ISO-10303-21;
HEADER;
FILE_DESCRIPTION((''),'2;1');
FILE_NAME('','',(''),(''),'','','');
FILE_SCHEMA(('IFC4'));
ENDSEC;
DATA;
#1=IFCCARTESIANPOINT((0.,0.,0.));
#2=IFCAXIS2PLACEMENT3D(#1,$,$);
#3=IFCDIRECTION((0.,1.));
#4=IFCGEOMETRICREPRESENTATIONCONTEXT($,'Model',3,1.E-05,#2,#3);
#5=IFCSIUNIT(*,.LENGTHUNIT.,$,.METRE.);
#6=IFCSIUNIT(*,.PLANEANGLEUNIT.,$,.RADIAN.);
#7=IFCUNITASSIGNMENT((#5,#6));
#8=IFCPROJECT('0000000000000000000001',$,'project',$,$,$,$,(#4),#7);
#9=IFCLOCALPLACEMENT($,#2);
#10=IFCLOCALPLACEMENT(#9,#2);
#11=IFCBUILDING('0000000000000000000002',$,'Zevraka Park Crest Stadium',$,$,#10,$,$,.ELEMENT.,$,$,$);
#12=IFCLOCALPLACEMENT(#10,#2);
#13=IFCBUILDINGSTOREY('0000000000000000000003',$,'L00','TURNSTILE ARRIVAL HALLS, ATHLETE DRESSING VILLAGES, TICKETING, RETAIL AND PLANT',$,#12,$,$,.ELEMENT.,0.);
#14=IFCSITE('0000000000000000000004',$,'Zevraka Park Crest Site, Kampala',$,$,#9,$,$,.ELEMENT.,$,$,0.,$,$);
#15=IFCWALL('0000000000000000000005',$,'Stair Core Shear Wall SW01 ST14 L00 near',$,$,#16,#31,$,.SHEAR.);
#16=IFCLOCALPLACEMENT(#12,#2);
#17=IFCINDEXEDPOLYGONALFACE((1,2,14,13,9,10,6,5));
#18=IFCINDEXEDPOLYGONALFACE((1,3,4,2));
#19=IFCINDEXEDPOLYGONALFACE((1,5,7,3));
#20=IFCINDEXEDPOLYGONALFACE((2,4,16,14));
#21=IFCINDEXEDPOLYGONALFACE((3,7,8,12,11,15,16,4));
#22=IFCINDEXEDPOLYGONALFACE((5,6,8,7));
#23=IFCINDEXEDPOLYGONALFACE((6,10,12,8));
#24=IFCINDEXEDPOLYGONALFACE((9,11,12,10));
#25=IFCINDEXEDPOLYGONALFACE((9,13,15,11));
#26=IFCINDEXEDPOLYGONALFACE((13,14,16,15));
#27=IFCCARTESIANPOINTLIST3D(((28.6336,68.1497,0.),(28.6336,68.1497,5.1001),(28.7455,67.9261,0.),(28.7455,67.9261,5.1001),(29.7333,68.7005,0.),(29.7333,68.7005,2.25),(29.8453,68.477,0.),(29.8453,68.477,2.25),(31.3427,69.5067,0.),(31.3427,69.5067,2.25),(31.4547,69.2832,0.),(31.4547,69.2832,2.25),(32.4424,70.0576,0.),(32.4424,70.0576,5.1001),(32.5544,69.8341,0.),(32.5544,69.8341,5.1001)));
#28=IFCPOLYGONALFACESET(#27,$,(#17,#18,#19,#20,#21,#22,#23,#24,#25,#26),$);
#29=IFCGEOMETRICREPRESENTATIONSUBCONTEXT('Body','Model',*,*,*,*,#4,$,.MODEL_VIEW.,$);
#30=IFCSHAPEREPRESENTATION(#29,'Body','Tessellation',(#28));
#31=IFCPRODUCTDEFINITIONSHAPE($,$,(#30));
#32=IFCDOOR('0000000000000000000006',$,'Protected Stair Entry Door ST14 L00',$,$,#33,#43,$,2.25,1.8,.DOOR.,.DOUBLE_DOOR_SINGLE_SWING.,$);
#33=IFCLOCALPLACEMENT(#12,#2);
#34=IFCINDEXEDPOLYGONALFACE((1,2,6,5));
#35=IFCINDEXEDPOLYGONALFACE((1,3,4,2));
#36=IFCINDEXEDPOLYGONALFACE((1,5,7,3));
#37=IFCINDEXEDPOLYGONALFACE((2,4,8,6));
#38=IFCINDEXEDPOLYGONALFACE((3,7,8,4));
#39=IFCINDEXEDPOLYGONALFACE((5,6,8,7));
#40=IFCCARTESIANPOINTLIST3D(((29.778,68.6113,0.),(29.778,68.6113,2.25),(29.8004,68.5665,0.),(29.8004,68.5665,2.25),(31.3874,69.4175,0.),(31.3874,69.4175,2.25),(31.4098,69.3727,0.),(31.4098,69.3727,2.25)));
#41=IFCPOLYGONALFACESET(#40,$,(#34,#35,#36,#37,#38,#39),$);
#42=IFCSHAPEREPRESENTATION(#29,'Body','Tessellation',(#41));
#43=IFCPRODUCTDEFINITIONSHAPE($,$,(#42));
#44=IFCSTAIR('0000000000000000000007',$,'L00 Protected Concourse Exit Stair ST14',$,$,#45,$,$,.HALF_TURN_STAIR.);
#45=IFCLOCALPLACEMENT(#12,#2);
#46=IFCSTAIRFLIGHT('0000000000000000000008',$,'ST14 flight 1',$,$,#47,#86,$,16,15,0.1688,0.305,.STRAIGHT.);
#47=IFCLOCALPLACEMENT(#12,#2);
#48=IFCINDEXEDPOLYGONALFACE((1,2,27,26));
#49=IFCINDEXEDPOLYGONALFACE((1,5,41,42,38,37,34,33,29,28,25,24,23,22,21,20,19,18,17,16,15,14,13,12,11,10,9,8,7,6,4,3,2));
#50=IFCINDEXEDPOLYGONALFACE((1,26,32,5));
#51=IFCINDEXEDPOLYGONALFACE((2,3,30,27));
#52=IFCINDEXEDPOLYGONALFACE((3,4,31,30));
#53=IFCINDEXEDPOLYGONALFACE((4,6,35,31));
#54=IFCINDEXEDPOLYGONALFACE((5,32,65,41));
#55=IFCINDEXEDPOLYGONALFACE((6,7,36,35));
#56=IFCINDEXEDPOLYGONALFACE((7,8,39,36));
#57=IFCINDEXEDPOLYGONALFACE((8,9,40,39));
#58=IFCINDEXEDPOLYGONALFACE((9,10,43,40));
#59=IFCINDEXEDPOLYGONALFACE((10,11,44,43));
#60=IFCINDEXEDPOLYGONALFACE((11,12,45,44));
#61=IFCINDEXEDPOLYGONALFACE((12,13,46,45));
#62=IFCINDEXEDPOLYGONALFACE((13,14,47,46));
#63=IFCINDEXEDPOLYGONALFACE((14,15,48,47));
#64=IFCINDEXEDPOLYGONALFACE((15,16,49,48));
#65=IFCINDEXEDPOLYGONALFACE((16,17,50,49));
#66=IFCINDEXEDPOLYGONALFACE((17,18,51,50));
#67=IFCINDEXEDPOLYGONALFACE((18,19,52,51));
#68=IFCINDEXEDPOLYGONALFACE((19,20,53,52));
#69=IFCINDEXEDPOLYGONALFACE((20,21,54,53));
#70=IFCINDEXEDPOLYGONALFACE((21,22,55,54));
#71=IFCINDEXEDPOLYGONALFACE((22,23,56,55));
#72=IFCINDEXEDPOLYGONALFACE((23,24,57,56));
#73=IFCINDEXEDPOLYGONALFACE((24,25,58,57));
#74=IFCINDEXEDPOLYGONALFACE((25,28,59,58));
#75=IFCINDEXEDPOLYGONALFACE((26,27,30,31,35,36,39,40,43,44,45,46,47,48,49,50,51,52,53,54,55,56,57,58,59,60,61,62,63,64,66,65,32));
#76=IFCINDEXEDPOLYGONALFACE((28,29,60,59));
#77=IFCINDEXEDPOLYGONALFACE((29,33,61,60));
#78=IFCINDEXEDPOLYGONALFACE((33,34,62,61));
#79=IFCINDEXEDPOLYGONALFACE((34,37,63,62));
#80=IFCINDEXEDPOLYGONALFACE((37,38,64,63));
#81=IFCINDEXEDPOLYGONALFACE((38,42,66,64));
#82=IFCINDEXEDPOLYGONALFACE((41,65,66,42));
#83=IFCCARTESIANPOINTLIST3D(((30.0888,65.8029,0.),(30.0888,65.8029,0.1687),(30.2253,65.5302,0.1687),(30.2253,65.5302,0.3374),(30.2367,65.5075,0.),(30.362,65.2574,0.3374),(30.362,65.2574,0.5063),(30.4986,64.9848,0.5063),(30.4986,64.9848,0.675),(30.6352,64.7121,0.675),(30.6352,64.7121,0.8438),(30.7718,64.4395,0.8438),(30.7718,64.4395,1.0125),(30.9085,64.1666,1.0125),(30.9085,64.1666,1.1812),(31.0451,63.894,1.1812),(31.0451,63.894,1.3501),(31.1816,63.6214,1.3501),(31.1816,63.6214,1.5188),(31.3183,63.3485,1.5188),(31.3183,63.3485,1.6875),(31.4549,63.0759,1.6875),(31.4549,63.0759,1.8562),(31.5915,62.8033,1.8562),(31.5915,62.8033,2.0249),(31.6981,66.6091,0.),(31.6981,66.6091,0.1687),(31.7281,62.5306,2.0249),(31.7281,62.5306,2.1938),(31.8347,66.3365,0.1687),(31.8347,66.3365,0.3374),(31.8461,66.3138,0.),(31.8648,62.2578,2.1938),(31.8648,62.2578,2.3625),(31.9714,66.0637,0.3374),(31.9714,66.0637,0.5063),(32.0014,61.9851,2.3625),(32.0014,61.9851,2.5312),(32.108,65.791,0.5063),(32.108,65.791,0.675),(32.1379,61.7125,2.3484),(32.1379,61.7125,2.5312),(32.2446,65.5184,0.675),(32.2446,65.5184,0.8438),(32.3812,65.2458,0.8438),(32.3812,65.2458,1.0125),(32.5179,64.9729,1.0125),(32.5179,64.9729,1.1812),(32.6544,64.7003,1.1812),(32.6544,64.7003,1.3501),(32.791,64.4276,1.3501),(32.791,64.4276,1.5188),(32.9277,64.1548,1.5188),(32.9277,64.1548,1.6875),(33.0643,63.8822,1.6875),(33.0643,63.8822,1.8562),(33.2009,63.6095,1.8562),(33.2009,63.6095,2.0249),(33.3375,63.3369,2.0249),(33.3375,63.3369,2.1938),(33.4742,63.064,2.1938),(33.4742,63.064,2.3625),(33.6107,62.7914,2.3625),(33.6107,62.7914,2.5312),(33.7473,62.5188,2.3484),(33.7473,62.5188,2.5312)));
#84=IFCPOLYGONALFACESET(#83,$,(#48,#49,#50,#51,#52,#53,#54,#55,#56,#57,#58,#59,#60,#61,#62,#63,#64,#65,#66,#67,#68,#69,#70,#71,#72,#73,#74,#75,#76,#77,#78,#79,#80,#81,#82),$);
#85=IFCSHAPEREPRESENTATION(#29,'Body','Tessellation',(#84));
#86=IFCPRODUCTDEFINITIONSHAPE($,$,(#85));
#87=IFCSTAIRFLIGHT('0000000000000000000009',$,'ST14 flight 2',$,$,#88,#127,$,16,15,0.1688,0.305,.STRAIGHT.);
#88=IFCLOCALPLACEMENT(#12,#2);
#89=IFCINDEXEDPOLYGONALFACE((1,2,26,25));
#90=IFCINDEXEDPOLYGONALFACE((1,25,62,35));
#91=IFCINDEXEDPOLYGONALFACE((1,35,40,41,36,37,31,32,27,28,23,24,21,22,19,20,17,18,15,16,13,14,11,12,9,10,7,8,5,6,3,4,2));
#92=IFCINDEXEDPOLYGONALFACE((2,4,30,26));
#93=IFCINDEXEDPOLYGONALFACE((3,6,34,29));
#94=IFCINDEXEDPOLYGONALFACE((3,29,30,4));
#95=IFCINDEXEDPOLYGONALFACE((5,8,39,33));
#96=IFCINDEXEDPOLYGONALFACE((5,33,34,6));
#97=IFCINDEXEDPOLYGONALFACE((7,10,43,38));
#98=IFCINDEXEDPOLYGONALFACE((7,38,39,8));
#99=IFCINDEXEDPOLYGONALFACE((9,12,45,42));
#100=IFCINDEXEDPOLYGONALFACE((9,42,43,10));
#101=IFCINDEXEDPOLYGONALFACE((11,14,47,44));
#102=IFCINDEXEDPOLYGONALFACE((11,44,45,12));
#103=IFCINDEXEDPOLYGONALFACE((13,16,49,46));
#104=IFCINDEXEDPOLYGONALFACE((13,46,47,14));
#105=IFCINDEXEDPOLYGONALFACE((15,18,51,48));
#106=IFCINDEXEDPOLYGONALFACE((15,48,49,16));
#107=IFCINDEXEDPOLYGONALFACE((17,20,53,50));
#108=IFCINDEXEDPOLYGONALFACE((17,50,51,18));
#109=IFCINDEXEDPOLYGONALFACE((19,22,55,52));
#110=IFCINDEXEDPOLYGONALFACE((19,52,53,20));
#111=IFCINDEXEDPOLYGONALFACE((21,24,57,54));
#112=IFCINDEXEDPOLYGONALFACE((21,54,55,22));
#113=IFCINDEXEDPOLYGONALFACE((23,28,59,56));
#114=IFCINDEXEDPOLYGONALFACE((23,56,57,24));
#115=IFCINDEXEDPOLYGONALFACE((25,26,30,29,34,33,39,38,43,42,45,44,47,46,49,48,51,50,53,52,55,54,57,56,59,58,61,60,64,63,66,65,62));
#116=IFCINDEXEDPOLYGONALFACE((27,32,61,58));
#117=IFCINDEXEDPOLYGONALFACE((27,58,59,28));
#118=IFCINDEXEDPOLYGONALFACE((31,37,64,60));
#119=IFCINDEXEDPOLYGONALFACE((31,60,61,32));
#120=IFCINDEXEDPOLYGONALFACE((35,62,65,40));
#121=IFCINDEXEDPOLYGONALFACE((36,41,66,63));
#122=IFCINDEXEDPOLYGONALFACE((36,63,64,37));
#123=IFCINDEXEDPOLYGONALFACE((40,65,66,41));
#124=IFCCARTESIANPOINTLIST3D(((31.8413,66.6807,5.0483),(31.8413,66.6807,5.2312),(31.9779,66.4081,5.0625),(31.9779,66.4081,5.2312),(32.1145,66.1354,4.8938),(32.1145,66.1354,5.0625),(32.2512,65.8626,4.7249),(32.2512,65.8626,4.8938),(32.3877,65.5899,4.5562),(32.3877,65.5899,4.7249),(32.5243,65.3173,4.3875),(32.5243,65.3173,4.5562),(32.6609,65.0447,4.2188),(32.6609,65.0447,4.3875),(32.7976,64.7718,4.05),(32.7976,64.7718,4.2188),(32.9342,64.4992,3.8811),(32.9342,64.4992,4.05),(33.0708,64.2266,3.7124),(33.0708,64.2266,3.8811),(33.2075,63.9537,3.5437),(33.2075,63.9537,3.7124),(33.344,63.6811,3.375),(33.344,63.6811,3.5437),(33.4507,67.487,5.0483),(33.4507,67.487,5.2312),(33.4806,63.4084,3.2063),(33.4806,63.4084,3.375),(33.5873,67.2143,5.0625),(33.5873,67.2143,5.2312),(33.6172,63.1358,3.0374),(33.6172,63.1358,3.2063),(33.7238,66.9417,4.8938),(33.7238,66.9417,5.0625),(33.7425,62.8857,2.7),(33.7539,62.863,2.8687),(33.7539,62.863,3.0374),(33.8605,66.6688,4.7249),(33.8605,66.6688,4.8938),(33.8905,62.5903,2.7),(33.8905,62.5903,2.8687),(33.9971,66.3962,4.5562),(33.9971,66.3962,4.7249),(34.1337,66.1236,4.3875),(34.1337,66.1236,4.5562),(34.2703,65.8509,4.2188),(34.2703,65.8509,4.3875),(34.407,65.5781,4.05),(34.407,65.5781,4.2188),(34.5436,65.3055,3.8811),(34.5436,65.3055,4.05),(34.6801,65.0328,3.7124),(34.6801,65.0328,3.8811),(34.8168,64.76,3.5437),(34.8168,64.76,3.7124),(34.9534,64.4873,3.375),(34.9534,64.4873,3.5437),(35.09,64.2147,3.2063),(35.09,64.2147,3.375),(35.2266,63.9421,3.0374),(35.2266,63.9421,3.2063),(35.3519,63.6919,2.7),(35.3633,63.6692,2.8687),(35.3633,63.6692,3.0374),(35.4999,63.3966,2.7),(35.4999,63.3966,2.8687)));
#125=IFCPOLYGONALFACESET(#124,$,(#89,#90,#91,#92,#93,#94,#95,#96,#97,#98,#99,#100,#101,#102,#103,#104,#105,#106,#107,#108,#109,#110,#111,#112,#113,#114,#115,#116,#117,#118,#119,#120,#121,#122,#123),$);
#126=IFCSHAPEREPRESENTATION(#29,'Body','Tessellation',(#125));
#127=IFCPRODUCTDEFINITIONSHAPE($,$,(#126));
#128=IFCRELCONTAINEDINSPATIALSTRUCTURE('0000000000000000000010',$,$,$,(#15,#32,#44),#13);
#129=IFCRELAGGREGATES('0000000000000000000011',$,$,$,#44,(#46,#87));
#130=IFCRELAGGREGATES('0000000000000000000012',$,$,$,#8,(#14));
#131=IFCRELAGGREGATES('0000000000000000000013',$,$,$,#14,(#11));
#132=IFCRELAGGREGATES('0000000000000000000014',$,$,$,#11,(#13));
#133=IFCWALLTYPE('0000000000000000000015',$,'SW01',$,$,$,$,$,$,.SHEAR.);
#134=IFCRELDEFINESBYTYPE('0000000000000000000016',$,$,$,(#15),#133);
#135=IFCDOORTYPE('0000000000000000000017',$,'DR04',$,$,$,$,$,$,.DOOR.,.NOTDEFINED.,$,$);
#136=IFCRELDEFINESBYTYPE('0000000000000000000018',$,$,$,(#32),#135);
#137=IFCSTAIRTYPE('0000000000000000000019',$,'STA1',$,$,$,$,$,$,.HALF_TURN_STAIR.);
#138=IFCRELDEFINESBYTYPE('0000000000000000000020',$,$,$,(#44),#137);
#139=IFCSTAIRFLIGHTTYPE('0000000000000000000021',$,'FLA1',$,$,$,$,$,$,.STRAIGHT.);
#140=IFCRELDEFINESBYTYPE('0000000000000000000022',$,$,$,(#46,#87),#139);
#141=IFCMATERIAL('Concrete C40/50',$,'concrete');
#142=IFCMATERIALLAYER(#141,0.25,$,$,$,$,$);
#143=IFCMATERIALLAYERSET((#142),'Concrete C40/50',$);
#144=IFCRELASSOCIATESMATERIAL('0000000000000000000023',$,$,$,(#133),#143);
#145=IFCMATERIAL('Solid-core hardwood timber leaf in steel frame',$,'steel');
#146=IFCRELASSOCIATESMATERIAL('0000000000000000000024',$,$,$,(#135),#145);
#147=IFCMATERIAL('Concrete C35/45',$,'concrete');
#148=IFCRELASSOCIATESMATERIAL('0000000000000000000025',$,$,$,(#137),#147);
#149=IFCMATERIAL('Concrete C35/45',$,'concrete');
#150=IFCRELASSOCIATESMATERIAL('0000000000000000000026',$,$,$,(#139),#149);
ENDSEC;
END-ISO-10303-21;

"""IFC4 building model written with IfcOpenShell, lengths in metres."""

from ifc_helpers import new_model, si_unit, direction, frame, frame_2d, origin, place, context, subcontext, project, spatial, polyline, rectangle, outline, extrude, material, layer, layer_set, type_object, element, fill, aggregate, save


model = new_model("IFC4")

# Units and contexts
model_context = context("Model", 3, precision=1e-05, world=origin(), true_north=direction((0.0, 1.0)))
body_context = subcontext(model_context, "Body", "Model", "MODEL_VIEW")
ifc_project = project(units=[si_unit("LENGTHUNIT", "METRE"), si_unit("PLANEANGLEUNIT", "RADIAN")], contexts=[model_context])

# Site, building, storey
site_placement = place(None, origin())
site = spatial("IfcSite", under=ifc_project, at=site_placement, Name="Zevraka Park Crest Site, Kampala", CompositionType="ELEMENT", RefElevation=0.0)
building_placement = place(site_placement, origin())
building = spatial("IfcBuilding", under=site, at=building_placement, Name="Zevraka Park Crest Stadium", CompositionType="ELEMENT")
storey_placement = place(building_placement, origin())
storey = spatial("IfcBuildingStorey", under=building, at=storey_placement, Name="L00", Description="TURNSTILE ARRIVAL HALLS, ATHLETE DRESSING VILLAGES, TICKETING, RETAIL AND PLANT", CompositionType="ELEMENT", Elevation=0.0)

# Shared definitions
ifc_material_1 = material(Name="Concrete C40/50", Category="concrete")
ifc_layer_1 = layer(ifc_material_1, 0.25)
ifc_layer_set_1 = layer_set([ifc_layer_1], Name="Concrete C40/50")
wall_type_1 = type_object("IfcWallType", Name="SW01", PredefinedType="SHEAR", material=ifc_layer_set_1)

# Wall, opening, door
wall_1_placement = place(storey_placement, frame((32.4983, 69.9458, 0.0), z_axis=(0.0, 0.0, 1.0), x_axis=(-0.894095, -0.447878, 0.0)))
wall_1 = element("IfcWall", 1, at=wall_1_placement, inside=storey, type_object=wall_type_1, Name="Stair Core Shear Wall SW01 ST14 L00 near", PredefinedType="SHEAR", context=body_context, shape_type="SweptSolid", body=[
    extrude(rectangle(XDim=4.26, YDim=0.25, at=frame_2d((2.1299, 0.0))), origin(), (0.0, 0.0, 1.0), 5.1001),
])
opening_placement = place(wall_1_placement, frame((1.23, 0.0, 0.0)))
opening = element("IfcOpeningElement", 2, at=opening_placement, cuts=wall_1, PredefinedType="OPENING", context=body_context, shape_type="SweptSolid", body=[
    extrude(rectangle(XDim=1.8, YDim=2.25, at=frame_2d((0.8999, 1.125))), frame((0.0, 0.135, 0.0), z_axis=(0.0, -1.0, 0.0), x_axis=(1.0, 0.0, 0.0)), (0.0, 0.0, 1.0), 0.27),
])
ifc_material_2 = material(Name="Solid-core hardwood timber leaf in steel frame", Category="steel")
door_type = type_object("IfcDoorType", Name="DR04", OperationType="NOTDEFINED", PredefinedType="DOOR", material=ifc_material_2)
door_placement = place(opening_placement, origin())
door = element("IfcDoor", 3, at=door_placement, inside=storey, type_object=door_type, Name="Protected Stair Entry Door ST14 L00", OperationType="DOUBLE_DOOR_SINGLE_SWING", OverallHeight=2.25, OverallWidth=1.8, PredefinedType="DOOR", context=body_context, shape_type="SweptSolid", body=[
    extrude(rectangle(XDim=1.8, YDim=2.25, at=frame_2d((0.8999, 1.125))), frame((0.0, 0.0249, 0.0), z_axis=(0.0, -1.0, 0.0), x_axis=(1.0, 0.0, 0.0)), (0.0, 0.0, 1.0), 0.05),
])
fill(opening, door)

# Stair, stair flights
ifc_material_3 = material(Name="Concrete C35/45", Category="concrete")
stair_type = type_object("IfcStairType", Name="STA1", PredefinedType="HALF_TURN_STAIR", material=ifc_material_3)
stair_placement = place(storey_placement, origin())
stair = element("IfcStair", 4, at=stair_placement, inside=storey, type_object=stair_type, Name="L00 Protected Concourse Exit Stair ST14", PredefinedType="HALF_TURN_STAIR")
ifc_material_4 = material(Name="Concrete C35/45", Category="concrete")
stair_flight_type = type_object("IfcStairFlightType", Name="FLA1", PredefinedType="STRAIGHT", material=ifc_material_4)
stair_flight_1_placement = place(storey_placement, frame((30.8936, 66.2061, 0.0), z_axis=(0.0, 0.0, 1.0), x_axis=(0.447915, -0.894076, 0.0)))
stair_flight_1 = element("IfcStairFlight", 5, at=stair_flight_1_placement, type_object=stair_flight_type, Name="ST14 flight 1", NumberOfRisers=16, NumberOfTreads=15, PredefinedType="STRAIGHT", RiserHeight=0.1688, TreadLength=0.305, context=body_context, shape_type="SweptSolid", body=[
    extrude(outline(polyline([(0.0, 0.0), (0.0, 0.1687), (0.3049, 0.1687), (0.3049, 0.3374), (0.6101, 0.3374), (0.6101, 0.5063), (0.915, 0.5063), (0.915, 0.675), (1.22, 0.675), (1.22, 0.8438), (1.5249, 0.8438), (1.5249, 1.0125), (1.8301, 1.0125), (1.8301, 1.1812), (2.135, 1.1812), (2.135, 1.3501), (2.4399, 1.3501), (2.4399, 1.5188), (2.7451, 1.5188), (2.7451, 1.6875), (3.05, 1.6875), (3.05, 1.8562), (3.355, 1.8562), (3.355, 2.0249), (3.6599, 2.0249), (3.6599, 2.1938), (3.9651, 2.1938), (3.9651, 2.3625), (4.27, 2.3625), (4.27, 2.5312), (4.575, 2.5312), (4.575, 2.7), (4.575, 2.3484), (0.3303, 0.0), (0.0, 0.0)])), frame((0.0, 0.8999, 0.0), z_axis=(0.0, -1.0, 0.0), x_axis=(1.0, 0.0, 0.0)), (0.0, 0.0, 1.0), 1.8),
])
stair_flight_2_placement = place(storey_placement, frame((34.6951, 62.9934, 2.7), z_axis=(0.0, 0.0, 1.0), x_axis=(-0.447915, 0.894076, 0.0)))
stair_flight_2 = element("IfcStairFlight", 6, at=stair_flight_2_placement, type_object=stair_flight_type, Name="ST14 flight 2", NumberOfRisers=16, NumberOfTreads=15, PredefinedType="STRAIGHT", RiserHeight=0.1688, TreadLength=0.305, context=body_context, shape_type="SweptSolid", body=[
    extrude(outline(polyline([(0.0, 0.0), (0.0, 0.1687), (0.3049, 0.1687), (0.3049, 0.3374), (0.6101, 0.3374), (0.6101, 0.5063), (0.915, 0.5063), (0.915, 0.675), (1.22, 0.675), (1.22, 0.8438), (1.5249, 0.8438), (1.5249, 1.0125), (1.8301, 1.0125), (1.8301, 1.1812), (2.135, 1.1812), (2.135, 1.3501), (2.4399, 1.3501), (2.4399, 1.5188), (2.7451, 1.5188), (2.7451, 1.6875), (3.05, 1.6875), (3.05, 1.8562), (3.355, 1.8562), (3.355, 2.0249), (3.6599, 2.0249), (3.6599, 2.1938), (3.9651, 2.1938), (3.9651, 2.3625), (4.27, 2.3625), (4.27, 2.5312), (4.575, 2.5312), (4.575, 2.7), (4.575, 2.3484), (0.3303, 0.0), (0.0, 0.0)])), frame((0.0, 0.8999, 0.0), z_axis=(0.0, -1.0, 0.0), x_axis=(1.0, 0.0, 0.0)), (0.0, 0.0, 1.0), 1.8),
])
aggregate(stair, [stair_flight_1, stair_flight_2])

save(model, "model.ifc")
